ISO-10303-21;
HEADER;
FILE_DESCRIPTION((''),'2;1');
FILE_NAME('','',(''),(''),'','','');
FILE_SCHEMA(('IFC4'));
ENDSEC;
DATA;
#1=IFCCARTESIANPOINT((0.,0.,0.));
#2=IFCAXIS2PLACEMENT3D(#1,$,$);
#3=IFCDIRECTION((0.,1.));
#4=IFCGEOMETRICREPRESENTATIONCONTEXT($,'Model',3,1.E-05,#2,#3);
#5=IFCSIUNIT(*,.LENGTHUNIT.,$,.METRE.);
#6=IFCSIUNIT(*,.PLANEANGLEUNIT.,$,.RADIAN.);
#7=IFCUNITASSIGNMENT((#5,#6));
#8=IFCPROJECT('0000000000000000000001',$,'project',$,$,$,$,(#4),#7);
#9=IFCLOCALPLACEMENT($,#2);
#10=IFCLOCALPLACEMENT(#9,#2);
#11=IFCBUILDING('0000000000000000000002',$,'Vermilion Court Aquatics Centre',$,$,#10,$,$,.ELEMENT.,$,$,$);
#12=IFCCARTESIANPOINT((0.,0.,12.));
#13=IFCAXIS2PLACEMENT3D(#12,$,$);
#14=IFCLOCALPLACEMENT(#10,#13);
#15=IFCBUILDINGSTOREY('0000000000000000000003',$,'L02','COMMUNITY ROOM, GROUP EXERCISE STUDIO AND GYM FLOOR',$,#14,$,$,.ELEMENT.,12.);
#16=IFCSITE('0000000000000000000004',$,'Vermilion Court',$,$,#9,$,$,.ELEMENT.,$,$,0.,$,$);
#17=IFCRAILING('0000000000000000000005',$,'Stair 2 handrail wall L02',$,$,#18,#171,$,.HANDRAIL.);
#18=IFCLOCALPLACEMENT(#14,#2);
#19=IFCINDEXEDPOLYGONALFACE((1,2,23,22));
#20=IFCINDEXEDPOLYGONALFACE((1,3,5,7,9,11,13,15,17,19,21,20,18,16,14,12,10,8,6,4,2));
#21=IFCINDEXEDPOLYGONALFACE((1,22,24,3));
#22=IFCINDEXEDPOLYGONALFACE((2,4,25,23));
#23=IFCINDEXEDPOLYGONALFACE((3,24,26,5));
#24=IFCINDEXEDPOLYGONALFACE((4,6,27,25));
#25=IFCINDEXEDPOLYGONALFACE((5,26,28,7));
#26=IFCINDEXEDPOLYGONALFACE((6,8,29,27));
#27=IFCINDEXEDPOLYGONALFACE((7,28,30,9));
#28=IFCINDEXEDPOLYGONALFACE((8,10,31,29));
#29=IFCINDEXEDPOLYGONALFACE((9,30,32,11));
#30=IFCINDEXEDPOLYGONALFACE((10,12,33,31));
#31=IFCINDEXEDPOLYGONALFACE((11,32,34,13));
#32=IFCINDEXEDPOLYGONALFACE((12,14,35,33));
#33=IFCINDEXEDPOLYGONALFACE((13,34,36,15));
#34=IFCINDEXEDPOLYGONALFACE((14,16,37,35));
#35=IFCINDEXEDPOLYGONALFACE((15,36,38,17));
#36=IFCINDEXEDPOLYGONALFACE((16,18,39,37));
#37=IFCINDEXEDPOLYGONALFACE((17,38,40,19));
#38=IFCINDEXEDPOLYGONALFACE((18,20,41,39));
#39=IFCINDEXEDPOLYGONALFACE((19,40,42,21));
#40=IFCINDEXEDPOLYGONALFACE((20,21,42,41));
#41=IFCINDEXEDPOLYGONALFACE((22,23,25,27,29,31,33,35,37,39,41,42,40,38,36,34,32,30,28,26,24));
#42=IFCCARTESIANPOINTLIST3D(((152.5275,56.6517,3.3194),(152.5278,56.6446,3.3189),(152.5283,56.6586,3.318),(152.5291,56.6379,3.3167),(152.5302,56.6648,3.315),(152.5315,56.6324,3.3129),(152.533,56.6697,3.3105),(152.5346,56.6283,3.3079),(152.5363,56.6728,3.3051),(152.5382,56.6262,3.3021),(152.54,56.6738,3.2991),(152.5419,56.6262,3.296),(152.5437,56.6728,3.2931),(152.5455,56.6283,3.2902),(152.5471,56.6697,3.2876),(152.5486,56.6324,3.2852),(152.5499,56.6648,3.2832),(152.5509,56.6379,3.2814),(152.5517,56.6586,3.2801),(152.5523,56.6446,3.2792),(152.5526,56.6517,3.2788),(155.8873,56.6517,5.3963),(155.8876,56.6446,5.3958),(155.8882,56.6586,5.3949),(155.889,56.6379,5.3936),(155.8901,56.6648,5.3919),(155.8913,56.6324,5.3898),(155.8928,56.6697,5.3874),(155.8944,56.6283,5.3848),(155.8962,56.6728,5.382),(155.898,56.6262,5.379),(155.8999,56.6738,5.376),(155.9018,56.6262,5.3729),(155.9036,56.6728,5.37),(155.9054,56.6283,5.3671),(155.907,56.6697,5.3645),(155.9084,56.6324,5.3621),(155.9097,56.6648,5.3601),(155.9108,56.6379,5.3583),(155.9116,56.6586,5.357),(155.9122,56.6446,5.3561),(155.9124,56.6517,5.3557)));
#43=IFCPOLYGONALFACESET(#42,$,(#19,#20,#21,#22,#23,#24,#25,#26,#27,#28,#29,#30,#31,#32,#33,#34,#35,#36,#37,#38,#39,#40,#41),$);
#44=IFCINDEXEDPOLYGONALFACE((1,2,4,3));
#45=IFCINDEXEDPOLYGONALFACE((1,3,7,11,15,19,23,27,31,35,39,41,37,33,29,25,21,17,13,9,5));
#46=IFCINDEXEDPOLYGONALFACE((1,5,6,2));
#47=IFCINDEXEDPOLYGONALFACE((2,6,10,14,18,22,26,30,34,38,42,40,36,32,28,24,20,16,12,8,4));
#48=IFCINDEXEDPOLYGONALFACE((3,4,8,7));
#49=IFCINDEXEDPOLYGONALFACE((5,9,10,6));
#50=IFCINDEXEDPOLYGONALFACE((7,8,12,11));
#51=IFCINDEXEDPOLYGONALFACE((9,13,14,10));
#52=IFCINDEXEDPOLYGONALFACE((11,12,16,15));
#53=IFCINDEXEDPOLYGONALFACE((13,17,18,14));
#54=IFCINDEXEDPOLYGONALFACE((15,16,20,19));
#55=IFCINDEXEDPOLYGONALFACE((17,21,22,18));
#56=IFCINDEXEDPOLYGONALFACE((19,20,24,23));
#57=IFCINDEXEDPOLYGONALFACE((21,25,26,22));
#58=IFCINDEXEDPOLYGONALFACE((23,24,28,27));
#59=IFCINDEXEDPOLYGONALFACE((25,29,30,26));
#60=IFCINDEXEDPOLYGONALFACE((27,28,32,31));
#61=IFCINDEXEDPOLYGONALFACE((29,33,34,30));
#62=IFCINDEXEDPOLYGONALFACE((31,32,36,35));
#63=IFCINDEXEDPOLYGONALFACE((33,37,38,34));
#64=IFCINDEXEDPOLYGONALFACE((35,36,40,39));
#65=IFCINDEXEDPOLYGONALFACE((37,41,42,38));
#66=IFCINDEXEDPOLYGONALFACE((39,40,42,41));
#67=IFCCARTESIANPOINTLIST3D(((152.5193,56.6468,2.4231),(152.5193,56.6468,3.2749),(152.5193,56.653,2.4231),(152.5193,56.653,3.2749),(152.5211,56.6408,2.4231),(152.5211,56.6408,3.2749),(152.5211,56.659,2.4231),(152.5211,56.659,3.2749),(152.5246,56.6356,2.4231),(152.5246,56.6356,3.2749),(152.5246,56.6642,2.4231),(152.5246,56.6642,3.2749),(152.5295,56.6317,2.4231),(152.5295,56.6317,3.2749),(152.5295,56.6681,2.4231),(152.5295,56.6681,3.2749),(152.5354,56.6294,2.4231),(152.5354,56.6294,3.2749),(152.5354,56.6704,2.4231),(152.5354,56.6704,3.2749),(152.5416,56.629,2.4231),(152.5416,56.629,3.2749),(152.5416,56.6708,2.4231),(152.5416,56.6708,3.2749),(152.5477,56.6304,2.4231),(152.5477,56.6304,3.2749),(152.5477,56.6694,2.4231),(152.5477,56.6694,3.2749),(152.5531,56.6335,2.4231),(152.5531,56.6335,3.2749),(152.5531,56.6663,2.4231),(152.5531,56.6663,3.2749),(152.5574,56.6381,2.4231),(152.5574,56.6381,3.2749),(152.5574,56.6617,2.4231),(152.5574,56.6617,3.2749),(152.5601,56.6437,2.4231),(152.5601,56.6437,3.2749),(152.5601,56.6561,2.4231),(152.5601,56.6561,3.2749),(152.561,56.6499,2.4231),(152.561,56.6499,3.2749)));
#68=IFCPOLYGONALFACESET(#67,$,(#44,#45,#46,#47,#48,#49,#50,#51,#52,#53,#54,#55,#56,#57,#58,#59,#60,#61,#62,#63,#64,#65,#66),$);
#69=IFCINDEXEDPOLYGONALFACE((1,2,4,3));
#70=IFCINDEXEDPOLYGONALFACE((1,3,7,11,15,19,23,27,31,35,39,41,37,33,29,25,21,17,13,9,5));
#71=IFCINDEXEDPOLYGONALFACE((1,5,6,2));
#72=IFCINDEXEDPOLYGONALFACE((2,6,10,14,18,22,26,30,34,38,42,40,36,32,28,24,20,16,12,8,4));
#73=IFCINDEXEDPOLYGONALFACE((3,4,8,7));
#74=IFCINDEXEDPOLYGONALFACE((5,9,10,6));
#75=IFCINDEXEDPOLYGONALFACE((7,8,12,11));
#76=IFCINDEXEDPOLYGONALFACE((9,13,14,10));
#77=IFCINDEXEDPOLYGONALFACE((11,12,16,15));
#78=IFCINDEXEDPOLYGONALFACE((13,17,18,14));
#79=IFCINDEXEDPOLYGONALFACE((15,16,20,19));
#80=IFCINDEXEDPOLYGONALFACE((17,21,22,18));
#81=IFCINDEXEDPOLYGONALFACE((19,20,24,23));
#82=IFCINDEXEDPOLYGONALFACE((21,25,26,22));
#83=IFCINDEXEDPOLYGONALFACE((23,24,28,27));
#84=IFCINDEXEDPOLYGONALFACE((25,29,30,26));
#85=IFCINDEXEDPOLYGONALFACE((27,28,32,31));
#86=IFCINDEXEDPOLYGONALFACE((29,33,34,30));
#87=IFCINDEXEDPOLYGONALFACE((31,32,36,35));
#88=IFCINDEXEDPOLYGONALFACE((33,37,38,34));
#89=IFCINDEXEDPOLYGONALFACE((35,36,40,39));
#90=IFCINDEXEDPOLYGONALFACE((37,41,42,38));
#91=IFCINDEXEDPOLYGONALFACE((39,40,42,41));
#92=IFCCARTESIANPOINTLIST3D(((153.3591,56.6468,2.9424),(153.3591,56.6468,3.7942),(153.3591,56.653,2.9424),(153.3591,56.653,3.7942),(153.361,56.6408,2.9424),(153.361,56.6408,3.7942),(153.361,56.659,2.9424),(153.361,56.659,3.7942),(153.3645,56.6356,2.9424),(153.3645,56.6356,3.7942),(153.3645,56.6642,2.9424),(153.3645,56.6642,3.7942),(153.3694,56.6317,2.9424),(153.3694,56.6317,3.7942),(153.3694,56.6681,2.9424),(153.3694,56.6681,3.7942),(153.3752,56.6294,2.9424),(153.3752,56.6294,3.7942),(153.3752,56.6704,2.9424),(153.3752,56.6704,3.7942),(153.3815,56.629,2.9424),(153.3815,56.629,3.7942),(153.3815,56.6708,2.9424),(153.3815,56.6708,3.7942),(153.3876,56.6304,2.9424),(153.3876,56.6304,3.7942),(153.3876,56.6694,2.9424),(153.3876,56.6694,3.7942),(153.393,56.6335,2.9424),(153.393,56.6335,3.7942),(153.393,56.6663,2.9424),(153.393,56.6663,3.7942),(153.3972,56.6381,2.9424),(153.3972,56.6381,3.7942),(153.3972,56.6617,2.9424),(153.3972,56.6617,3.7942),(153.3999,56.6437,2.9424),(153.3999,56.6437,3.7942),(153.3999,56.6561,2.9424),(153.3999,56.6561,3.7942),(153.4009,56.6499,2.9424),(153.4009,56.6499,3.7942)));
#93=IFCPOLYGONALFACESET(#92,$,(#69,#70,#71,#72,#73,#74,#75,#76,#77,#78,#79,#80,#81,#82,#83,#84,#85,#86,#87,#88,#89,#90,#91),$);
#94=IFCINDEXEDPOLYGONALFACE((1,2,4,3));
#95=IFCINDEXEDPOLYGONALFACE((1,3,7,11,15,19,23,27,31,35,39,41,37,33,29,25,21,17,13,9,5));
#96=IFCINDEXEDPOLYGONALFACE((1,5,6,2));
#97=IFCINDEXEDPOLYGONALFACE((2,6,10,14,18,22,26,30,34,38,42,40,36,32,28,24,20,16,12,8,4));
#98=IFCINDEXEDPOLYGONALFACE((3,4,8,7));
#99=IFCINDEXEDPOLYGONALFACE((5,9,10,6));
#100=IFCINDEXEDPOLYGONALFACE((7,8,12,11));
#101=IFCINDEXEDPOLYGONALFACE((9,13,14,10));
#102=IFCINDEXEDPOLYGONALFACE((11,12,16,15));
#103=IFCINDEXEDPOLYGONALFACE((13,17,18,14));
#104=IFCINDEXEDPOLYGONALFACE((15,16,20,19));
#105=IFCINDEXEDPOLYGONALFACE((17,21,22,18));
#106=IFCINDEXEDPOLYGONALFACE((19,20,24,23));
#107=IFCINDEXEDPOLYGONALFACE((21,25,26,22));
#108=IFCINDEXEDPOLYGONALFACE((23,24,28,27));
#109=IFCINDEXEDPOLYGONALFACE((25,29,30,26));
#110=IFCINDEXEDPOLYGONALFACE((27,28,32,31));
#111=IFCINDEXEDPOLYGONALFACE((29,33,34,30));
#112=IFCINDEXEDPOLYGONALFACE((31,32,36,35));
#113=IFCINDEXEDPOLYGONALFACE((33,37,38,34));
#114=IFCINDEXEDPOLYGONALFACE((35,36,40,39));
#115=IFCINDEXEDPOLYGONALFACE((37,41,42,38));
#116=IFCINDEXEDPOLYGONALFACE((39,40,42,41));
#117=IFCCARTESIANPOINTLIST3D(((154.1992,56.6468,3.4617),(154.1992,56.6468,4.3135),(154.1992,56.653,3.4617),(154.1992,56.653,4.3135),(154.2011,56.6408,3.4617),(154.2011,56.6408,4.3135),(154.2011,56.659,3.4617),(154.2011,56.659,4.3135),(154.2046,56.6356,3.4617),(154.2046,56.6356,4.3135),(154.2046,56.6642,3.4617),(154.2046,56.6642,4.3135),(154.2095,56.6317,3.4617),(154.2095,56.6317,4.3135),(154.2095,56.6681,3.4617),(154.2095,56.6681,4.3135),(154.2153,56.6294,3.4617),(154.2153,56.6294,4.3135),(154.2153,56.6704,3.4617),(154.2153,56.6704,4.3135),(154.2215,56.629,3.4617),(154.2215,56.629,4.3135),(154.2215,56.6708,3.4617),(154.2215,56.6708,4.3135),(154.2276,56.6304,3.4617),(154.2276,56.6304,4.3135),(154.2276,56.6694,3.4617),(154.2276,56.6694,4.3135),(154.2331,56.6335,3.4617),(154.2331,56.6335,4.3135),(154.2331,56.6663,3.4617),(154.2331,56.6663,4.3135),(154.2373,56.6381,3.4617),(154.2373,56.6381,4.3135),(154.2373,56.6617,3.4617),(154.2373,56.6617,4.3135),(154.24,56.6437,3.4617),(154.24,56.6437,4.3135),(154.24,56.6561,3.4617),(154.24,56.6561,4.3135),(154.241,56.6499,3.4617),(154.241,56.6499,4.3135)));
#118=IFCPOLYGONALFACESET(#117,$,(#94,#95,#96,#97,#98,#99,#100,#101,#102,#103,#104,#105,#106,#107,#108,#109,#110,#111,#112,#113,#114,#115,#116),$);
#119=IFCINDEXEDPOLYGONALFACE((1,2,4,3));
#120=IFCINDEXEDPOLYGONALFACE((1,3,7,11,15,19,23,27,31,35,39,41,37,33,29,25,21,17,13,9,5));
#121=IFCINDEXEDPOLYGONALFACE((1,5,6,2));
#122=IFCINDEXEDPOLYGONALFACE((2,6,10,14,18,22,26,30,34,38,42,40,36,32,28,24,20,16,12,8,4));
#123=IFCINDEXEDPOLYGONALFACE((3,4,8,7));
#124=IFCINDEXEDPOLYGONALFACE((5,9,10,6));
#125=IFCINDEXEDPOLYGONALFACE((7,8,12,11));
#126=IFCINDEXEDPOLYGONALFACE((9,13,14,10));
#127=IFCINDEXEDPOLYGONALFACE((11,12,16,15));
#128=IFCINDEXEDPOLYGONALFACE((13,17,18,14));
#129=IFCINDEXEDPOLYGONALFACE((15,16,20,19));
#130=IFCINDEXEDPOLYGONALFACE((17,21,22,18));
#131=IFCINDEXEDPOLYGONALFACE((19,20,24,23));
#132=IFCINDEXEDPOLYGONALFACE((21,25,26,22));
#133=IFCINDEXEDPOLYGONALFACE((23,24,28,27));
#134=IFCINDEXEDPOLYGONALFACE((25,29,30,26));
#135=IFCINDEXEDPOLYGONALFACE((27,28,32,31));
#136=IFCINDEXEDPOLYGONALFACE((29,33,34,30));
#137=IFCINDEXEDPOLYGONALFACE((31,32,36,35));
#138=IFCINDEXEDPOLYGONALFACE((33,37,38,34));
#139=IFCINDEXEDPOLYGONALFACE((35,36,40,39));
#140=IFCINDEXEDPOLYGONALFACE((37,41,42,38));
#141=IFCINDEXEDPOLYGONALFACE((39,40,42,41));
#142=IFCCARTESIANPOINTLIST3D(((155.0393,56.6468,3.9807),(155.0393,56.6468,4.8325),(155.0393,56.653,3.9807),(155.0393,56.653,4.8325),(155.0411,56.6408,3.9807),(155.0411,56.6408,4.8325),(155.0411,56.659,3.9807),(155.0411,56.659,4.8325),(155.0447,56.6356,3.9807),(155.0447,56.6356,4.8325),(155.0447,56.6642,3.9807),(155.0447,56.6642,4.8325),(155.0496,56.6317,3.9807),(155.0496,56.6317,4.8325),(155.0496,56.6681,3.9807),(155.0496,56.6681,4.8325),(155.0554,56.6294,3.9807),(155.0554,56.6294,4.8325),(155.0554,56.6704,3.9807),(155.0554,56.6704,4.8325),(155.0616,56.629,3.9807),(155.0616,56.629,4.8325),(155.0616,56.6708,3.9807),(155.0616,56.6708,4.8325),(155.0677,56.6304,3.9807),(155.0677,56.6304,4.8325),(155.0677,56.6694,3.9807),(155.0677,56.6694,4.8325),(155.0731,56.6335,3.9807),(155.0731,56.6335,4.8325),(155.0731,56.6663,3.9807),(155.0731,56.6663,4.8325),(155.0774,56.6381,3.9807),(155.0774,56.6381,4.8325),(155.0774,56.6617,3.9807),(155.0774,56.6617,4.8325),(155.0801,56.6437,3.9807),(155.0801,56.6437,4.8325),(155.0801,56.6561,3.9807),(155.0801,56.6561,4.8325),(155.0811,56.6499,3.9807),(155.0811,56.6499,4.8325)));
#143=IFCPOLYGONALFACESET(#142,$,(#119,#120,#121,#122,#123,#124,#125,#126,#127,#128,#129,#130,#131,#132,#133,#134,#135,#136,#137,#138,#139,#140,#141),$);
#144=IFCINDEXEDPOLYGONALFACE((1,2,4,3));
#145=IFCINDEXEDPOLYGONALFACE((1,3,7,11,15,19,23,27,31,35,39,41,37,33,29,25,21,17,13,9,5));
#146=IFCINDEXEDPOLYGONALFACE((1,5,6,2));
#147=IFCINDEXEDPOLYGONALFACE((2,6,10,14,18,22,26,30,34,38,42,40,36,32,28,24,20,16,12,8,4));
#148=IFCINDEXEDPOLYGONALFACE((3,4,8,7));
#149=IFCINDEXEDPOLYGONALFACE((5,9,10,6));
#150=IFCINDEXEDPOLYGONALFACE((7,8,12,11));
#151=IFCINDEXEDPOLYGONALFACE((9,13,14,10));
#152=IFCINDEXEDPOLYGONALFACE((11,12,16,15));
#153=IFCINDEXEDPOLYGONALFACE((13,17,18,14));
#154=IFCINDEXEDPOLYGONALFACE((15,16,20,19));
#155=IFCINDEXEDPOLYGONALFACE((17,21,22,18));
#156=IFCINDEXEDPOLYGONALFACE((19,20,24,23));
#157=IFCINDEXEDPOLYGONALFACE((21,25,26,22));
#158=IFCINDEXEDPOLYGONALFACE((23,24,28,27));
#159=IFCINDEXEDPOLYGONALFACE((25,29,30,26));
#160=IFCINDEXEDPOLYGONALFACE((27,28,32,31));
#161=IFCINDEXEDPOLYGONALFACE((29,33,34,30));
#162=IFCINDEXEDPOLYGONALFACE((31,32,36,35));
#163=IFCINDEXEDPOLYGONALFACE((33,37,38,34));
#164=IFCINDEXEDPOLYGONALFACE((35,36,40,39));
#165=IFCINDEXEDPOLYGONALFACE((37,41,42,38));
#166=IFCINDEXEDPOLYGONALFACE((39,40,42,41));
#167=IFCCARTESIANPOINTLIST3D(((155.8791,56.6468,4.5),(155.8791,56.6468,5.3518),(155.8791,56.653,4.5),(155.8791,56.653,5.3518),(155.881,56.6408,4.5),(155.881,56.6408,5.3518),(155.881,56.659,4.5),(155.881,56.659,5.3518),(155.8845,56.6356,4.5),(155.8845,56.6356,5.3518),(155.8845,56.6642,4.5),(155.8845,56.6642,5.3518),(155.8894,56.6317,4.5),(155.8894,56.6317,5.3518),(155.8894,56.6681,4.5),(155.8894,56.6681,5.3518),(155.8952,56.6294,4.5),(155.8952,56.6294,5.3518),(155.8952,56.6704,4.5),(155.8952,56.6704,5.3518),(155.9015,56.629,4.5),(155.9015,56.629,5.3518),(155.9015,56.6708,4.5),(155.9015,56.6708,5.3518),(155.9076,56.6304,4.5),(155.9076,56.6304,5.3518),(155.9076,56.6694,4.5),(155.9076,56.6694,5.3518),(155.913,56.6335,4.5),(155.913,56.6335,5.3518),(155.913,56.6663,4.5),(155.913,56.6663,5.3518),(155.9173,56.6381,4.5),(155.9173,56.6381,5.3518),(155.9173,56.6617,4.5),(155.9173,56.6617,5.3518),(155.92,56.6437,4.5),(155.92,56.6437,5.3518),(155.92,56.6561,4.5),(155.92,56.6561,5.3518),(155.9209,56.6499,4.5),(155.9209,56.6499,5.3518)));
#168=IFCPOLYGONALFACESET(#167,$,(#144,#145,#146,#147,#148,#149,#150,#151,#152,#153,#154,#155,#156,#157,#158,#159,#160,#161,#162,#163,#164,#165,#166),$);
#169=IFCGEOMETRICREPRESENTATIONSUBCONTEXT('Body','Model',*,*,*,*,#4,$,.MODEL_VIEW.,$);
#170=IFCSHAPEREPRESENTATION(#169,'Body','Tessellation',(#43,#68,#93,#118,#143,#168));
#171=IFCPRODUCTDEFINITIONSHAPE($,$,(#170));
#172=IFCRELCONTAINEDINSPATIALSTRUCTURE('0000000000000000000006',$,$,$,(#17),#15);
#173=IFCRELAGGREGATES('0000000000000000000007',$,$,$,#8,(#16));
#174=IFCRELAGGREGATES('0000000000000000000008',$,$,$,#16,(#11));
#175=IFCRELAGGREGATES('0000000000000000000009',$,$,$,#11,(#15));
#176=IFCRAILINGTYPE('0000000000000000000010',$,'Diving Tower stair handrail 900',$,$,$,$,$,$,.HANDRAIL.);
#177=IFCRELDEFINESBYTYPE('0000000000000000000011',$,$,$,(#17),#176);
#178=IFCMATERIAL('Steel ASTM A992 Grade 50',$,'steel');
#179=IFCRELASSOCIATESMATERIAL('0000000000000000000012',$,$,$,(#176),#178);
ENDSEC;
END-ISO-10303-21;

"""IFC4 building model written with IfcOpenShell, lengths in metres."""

from ifc_helpers import new_model, si_unit, direction, frame, origin, origin_2d, place, context, subcontext, project, spatial, circle, extrude, material, type_object, element, save


model = new_model("IFC4")

# Units and contexts
model_context = context("Model", 3, precision=1e-05, world=origin(), true_north=direction((0.0, 1.0)))
body_context = subcontext(model_context, "Body", "Model", "MODEL_VIEW")
ifc_project = project(units=[si_unit("LENGTHUNIT", "METRE"), si_unit("PLANEANGLEUNIT", "RADIAN")], contexts=[model_context])

# Site, building, storey
site_placement = place(None, origin())
site = spatial("IfcSite", under=ifc_project, at=site_placement, Name="Vermilion Court", CompositionType="ELEMENT", RefElevation=0.0)
building_placement = place(site_placement, origin())
building = spatial("IfcBuilding", under=site, at=building_placement, Name="Vermilion Court Aquatics Centre", CompositionType="ELEMENT")
storey_placement = place(building_placement, frame((0.0, 0.0, 12.0)))
storey = spatial("IfcBuildingStorey", under=building, at=storey_placement, Name="L02", Description="COMMUNITY ROOM, GROUP EXERCISE STUDIO AND GYM FLOOR", CompositionType="ELEMENT", Elevation=12.0)

# Railing
ifc_material_1 = material(Name="Steel ASTM A992 Grade 50", Category="steel")
railing_type_1 = type_object("IfcRailingType", Name="Diving Tower stair handrail 900", PredefinedType="HANDRAIL", material=ifc_material_1)
for number, where, name in (
    (1, (152.54, 56.6499, 2.4231), "Stair 2 handrail wall L02"),
):
    element("IfcRailing", number, at=place(storey_placement, frame(where)), inside=storey, type_object=railing_type_1, Name=name, PredefinedType="HANDRAIL", context=body_context, shape_type="SweptSolid", body=[
        extrude(circle(Radius=0.0239, at=origin_2d()), frame((0.0, 0.0, 0.876), z_axis=(0.850606, 0.0, 0.525803), x_axis=(0.0, 1.0, 0.0)), (0.0, 0.0, 1.0), 3.95),
        extrude(circle(Radius=0.021, at=origin_2d()), origin(), (0.0, 0.0, 1.0), 0.8518),
        extrude(circle(Radius=0.021, at=origin_2d()), frame((0.8398, 0.0, 0.5193)), (0.0, 0.0, 1.0), 0.8518),
        extrude(circle(Radius=0.021, at=origin_2d()), frame((1.6799, 0.0, 1.0386)), (0.0, 0.0, 1.0), 0.8518),
        extrude(circle(Radius=0.021, at=origin_2d()), frame((2.52, 0.0, 1.5576)), (0.0, 0.0, 1.0), 0.8518),
        extrude(circle(Radius=0.021, at=origin_2d()), frame((3.3599, 0.0, 2.0769)), (0.0, 0.0, 1.0), 0.8518),
    ])

save(model, "model.ifc")
